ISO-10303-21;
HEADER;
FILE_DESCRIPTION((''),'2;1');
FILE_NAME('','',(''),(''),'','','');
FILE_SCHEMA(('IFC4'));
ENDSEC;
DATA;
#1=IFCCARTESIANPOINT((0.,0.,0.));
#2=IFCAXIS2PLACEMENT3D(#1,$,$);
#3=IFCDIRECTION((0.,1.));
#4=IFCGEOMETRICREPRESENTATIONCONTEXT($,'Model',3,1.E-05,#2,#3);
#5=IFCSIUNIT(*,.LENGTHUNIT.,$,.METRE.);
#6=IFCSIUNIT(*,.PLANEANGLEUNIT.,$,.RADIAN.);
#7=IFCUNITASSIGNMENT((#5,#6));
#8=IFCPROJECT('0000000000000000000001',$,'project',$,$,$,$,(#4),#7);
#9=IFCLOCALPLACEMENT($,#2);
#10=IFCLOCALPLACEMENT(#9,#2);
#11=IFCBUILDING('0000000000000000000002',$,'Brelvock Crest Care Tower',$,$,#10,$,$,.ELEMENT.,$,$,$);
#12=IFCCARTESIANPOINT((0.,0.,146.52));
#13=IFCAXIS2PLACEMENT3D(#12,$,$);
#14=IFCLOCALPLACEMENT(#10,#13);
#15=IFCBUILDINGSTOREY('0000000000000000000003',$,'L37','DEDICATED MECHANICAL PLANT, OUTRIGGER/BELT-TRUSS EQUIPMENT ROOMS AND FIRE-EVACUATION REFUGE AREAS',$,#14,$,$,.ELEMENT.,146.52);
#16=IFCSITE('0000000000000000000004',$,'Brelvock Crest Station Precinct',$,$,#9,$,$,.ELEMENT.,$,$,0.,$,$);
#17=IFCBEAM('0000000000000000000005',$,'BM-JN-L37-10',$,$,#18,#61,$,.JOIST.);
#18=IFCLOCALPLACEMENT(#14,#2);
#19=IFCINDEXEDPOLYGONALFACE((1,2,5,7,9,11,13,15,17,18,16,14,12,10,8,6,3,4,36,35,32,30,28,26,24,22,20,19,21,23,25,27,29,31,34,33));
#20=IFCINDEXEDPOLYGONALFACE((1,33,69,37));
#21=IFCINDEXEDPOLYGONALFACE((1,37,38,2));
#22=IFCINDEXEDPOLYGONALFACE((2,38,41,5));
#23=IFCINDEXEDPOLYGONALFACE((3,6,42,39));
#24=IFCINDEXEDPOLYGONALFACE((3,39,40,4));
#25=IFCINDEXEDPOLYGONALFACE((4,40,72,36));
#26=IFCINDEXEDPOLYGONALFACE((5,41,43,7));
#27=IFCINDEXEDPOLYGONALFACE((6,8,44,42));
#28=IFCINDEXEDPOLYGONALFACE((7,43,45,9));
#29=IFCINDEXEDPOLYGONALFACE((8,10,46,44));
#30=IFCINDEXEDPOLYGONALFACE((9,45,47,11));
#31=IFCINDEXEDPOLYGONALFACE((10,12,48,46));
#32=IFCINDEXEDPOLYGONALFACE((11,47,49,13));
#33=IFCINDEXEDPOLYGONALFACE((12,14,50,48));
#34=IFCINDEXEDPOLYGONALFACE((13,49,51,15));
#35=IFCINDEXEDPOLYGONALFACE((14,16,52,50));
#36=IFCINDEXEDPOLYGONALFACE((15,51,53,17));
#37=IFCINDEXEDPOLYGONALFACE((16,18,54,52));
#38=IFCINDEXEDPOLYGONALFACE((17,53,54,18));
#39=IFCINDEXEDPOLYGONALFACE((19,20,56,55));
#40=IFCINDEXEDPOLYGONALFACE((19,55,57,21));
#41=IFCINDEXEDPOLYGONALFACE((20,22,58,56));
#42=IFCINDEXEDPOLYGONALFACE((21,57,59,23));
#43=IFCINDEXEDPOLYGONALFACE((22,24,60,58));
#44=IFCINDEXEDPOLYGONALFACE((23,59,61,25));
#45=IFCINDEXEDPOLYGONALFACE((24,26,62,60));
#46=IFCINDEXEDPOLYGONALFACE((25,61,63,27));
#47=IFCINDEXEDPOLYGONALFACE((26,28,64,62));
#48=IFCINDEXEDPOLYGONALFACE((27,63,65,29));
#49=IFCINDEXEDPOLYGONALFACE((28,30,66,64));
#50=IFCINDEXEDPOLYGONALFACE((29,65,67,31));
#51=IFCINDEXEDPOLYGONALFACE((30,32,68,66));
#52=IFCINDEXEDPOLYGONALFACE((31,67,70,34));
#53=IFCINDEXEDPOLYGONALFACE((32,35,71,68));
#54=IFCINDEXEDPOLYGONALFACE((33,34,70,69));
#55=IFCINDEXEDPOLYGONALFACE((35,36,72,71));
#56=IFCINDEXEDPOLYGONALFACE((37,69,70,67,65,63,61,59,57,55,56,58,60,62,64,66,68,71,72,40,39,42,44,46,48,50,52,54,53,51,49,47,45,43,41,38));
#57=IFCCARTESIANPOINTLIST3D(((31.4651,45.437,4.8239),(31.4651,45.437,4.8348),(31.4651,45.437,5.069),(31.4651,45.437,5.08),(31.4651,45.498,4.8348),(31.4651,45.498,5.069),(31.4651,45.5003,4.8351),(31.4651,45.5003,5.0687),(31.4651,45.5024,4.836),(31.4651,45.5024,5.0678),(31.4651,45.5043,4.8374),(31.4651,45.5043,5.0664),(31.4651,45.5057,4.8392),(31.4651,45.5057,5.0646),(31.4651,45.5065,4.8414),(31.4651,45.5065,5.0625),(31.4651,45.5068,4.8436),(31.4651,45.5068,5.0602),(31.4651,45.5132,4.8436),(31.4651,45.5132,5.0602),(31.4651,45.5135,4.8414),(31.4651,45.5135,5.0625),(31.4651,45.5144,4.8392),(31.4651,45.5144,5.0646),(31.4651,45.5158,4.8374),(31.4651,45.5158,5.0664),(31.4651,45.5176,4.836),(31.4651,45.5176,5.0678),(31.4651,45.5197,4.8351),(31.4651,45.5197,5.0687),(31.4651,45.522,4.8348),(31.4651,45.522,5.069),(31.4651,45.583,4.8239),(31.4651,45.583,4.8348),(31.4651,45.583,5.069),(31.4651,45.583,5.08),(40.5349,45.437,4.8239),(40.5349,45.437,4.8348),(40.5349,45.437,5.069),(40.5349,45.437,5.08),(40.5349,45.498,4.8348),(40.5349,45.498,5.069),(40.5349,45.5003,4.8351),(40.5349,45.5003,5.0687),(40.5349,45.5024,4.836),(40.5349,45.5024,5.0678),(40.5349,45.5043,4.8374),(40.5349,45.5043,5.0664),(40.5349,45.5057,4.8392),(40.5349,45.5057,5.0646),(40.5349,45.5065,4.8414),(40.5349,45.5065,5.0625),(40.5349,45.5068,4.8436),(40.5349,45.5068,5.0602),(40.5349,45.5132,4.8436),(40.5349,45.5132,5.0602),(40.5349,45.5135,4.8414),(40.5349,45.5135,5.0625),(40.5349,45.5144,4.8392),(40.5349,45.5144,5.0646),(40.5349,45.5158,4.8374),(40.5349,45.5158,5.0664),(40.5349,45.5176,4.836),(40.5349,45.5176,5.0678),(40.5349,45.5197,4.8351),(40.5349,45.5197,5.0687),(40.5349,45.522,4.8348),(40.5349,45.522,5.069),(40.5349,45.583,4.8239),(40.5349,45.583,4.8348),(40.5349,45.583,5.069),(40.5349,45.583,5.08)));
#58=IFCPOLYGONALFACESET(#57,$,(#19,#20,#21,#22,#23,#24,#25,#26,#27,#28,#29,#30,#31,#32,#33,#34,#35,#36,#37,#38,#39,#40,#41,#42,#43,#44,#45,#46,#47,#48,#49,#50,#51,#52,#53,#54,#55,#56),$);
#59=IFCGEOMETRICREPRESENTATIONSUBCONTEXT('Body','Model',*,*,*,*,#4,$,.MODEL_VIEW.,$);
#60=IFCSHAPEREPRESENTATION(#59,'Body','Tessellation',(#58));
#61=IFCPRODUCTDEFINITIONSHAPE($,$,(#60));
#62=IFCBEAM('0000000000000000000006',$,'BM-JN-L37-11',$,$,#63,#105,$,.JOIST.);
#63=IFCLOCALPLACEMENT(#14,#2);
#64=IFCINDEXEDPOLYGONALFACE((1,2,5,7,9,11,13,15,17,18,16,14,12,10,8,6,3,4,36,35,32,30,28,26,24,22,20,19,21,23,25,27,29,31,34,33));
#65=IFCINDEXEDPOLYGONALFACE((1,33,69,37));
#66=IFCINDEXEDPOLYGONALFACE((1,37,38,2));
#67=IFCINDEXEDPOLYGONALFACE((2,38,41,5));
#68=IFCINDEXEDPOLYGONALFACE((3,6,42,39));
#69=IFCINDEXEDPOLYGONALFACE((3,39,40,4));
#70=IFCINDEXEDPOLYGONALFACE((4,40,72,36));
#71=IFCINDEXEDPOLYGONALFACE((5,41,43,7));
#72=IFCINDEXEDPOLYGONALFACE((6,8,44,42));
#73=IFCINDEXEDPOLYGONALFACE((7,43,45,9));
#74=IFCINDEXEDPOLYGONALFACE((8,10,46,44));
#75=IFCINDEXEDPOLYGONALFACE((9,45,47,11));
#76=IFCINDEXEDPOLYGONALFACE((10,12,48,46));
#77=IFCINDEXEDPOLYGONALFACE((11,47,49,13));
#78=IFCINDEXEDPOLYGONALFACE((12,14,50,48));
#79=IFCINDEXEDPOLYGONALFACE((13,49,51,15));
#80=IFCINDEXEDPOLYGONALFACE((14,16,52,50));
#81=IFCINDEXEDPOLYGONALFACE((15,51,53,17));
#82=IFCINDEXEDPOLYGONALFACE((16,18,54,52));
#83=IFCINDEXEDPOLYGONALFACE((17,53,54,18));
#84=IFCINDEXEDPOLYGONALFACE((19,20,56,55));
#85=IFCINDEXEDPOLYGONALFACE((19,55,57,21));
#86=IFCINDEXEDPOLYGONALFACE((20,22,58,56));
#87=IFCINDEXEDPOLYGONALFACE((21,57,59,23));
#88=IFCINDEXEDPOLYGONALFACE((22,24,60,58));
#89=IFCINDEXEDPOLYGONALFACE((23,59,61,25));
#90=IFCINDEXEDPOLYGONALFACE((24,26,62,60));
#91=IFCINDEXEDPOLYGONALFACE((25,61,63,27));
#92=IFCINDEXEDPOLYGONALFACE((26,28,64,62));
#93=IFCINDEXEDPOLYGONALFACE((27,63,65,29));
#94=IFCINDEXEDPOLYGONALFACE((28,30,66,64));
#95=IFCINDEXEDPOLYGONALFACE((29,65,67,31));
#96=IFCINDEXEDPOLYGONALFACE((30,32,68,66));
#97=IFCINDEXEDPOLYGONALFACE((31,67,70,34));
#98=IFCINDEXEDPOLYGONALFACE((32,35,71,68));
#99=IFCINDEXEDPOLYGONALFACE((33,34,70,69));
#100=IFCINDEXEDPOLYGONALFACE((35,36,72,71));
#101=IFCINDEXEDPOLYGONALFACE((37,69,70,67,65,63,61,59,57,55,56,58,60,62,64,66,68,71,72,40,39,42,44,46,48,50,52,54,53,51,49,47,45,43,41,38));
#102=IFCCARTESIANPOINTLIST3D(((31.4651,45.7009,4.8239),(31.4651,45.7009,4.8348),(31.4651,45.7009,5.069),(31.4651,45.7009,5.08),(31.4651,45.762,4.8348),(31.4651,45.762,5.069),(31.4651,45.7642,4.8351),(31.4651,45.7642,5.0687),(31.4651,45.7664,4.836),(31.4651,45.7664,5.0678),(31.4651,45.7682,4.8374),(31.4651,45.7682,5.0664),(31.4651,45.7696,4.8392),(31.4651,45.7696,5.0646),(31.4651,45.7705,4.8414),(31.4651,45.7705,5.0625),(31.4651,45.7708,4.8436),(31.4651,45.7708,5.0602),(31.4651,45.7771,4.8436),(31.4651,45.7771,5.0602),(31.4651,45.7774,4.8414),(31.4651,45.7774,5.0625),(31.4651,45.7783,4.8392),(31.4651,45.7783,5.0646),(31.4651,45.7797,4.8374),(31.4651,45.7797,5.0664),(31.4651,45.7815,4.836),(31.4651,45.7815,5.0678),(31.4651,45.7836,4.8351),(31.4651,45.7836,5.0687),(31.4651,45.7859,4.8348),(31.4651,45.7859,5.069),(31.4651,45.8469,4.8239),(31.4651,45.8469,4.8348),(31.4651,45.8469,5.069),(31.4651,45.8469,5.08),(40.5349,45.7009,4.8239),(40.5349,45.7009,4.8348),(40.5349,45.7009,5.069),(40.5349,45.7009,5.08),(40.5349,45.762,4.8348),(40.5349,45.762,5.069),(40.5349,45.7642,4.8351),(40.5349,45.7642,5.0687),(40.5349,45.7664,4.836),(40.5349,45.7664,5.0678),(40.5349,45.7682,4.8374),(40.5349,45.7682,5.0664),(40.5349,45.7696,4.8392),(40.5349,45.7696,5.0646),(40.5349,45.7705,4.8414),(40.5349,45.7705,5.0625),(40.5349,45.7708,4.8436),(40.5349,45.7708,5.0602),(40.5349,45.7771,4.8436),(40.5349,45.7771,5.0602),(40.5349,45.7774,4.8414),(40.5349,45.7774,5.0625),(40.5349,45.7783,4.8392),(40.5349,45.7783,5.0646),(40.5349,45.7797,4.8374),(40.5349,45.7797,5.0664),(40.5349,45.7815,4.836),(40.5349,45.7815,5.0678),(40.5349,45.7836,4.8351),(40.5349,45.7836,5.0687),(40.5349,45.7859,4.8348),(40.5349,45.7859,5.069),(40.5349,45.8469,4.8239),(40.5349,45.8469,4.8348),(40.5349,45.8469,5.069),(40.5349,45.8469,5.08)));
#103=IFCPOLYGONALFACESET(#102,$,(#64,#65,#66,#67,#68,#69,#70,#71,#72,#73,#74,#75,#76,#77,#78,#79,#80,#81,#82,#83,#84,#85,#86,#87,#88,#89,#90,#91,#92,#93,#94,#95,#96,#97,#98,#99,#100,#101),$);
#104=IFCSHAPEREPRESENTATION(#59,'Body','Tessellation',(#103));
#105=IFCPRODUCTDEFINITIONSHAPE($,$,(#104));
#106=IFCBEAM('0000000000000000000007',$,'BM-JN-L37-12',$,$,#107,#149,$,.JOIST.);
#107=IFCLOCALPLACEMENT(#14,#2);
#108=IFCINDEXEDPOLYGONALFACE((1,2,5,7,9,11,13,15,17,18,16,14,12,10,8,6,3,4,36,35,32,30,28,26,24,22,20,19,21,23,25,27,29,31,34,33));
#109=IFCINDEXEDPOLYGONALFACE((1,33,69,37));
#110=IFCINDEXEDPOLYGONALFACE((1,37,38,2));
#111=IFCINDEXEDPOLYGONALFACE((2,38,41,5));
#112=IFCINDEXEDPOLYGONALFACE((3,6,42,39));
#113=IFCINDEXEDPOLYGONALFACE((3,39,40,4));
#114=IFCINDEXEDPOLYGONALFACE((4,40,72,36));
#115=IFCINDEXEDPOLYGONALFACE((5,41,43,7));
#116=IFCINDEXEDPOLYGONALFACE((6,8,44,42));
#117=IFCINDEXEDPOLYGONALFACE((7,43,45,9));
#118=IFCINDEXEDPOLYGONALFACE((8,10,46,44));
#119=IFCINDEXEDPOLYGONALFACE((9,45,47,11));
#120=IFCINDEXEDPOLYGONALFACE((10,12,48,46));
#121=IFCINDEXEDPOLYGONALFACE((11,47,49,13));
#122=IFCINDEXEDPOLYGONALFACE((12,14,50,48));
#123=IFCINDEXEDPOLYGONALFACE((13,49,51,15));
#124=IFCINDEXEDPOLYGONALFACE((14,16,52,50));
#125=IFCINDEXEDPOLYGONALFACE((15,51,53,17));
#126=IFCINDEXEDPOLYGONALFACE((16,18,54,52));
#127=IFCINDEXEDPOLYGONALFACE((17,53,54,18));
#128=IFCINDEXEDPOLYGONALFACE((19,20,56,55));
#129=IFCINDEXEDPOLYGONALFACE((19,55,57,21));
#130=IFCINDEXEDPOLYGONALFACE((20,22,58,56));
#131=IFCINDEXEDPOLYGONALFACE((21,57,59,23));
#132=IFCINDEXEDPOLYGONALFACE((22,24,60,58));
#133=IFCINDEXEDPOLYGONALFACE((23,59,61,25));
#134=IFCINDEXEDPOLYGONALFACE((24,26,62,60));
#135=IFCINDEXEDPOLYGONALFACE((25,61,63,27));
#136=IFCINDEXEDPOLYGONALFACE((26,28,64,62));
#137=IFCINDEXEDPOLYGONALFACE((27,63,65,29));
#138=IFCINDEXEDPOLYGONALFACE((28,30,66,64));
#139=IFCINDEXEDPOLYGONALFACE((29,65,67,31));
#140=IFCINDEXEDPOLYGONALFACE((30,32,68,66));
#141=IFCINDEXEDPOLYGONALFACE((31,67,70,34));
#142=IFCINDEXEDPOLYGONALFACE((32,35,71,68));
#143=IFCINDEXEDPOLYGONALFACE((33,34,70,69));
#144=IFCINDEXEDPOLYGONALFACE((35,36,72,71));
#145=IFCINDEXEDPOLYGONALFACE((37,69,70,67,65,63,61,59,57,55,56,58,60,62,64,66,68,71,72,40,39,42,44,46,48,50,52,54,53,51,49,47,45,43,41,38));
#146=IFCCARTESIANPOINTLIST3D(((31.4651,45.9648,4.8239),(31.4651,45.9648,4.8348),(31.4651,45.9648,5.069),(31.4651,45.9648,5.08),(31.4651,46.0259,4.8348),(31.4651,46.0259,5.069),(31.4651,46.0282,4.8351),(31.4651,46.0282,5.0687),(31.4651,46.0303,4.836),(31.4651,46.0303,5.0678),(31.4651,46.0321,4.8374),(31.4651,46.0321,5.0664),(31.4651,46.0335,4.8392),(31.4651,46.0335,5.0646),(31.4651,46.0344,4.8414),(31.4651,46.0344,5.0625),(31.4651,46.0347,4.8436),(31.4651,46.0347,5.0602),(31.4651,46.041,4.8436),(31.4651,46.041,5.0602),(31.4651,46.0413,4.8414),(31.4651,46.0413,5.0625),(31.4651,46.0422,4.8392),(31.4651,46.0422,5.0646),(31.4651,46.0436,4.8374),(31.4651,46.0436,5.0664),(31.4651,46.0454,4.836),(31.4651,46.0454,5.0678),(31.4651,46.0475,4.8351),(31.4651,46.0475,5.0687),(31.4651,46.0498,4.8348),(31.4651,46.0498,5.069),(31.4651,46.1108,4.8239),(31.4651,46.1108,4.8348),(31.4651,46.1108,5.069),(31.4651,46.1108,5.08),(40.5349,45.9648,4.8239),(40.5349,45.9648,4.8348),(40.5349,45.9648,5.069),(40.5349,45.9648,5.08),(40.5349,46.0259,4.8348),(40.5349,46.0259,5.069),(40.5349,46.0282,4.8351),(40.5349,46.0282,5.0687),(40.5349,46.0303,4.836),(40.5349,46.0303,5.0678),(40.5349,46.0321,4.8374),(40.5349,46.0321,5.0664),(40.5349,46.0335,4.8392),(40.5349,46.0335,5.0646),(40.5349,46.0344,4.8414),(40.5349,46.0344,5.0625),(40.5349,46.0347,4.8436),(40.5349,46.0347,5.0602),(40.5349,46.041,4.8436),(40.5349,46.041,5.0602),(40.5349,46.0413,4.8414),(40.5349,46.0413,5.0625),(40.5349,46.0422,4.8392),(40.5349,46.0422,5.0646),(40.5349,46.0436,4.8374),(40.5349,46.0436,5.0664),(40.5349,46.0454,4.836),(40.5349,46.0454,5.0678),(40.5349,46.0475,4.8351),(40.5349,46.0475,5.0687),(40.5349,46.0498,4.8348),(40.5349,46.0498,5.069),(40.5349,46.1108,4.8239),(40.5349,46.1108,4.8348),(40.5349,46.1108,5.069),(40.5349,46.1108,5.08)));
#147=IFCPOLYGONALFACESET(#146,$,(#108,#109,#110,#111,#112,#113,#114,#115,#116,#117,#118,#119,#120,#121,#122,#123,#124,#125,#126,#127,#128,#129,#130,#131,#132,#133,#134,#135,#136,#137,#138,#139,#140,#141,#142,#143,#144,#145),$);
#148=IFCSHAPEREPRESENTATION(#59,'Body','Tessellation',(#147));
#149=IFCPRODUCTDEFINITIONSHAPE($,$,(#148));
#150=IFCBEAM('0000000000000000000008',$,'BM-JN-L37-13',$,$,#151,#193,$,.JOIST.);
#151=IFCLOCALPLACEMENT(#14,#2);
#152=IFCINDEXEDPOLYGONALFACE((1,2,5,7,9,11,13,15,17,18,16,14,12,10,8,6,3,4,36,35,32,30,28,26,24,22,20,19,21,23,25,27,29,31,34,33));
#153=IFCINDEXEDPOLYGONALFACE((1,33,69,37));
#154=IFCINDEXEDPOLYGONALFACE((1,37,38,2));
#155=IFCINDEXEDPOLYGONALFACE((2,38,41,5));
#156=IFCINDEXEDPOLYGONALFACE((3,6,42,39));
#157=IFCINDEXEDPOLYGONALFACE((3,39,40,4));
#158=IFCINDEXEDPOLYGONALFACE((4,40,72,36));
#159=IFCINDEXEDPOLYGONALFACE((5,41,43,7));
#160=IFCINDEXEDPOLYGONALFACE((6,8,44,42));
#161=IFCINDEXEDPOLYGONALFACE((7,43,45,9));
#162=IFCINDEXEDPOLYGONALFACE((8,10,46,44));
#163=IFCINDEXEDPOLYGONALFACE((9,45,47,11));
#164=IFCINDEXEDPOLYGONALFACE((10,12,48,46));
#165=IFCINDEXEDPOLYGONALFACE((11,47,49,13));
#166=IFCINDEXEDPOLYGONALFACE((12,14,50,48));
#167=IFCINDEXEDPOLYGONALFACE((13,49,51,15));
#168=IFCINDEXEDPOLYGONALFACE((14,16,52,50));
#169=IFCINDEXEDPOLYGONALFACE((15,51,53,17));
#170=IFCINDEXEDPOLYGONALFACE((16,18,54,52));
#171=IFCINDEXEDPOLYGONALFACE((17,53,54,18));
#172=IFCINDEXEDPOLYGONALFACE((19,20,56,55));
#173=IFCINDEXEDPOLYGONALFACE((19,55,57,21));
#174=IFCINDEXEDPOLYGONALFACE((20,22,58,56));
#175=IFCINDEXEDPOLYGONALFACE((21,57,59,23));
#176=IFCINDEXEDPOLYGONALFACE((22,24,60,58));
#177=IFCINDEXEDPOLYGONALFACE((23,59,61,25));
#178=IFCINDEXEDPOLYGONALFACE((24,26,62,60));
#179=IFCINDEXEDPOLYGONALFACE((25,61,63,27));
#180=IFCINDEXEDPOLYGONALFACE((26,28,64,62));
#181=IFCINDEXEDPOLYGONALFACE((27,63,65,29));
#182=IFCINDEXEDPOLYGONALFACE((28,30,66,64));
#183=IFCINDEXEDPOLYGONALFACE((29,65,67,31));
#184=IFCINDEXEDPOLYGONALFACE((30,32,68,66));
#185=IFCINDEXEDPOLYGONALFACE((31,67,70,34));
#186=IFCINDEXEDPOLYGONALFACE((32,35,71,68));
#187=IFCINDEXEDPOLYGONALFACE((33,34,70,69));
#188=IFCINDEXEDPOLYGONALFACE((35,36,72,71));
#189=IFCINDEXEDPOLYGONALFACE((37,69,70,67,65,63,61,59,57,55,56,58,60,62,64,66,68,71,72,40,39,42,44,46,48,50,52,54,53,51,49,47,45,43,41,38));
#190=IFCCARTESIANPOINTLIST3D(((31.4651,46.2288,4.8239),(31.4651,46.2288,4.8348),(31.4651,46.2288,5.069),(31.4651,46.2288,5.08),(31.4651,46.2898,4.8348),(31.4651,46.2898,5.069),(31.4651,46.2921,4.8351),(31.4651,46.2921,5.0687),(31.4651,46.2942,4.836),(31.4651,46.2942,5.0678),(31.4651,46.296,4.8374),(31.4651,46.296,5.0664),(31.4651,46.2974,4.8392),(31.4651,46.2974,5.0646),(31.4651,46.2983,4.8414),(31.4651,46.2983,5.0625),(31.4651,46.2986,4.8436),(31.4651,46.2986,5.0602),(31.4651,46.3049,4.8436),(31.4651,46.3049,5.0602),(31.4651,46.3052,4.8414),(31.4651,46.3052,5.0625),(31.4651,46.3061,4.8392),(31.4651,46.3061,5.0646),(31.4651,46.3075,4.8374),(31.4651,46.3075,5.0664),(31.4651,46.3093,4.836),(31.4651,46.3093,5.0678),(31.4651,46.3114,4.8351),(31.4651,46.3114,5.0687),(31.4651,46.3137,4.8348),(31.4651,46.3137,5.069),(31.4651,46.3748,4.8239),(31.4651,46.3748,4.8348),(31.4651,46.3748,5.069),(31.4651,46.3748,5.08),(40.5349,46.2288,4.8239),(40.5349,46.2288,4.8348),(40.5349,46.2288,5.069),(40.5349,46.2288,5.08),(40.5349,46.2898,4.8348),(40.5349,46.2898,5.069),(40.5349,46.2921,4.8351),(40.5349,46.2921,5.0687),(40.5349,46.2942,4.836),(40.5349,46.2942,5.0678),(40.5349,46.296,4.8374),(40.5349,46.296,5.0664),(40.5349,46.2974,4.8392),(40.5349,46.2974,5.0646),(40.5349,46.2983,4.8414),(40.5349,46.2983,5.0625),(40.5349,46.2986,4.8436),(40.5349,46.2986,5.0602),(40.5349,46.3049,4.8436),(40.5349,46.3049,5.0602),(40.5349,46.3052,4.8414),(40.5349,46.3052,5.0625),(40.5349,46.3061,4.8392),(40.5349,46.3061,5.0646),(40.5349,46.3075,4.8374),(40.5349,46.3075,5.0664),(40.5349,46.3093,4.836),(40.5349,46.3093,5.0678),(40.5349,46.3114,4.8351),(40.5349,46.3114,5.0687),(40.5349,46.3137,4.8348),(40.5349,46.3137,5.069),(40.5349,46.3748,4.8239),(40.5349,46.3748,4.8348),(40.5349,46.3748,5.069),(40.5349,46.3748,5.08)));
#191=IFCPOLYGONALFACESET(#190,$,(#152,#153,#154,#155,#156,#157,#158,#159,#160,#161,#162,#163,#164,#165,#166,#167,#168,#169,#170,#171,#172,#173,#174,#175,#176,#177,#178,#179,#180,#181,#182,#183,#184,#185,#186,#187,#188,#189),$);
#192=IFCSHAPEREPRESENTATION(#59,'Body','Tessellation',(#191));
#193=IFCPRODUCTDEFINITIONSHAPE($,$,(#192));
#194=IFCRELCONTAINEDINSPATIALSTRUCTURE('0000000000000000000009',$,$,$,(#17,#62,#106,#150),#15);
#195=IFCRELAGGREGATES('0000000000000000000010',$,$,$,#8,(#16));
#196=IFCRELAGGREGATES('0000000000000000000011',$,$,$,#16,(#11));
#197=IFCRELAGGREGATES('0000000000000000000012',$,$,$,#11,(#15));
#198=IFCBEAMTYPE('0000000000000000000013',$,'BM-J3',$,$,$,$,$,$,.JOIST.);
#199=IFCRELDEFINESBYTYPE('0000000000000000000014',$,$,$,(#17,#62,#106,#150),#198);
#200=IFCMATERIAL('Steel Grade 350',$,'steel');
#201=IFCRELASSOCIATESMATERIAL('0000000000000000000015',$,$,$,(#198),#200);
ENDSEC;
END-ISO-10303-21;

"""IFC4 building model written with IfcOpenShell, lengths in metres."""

from ifc_helpers import new_model, si_unit, direction, frame, origin, origin_2d, place, context, subcontext, project, spatial, i_section, extrude, source, transform, mapped, material, material_profile, profile_set, type_object, element, save


model = new_model("IFC4")

# Units and contexts
model_context = context("Model", 3, precision=1e-05, world=origin(), true_north=direction((0.0, 1.0)))
body_context = subcontext(model_context, "Body", "Model", "MODEL_VIEW")
ifc_project = project(units=[si_unit("LENGTHUNIT", "METRE"), si_unit("PLANEANGLEUNIT", "RADIAN")], contexts=[model_context])

# Site, building, storey
site_placement = place(None, origin())
site = spatial("IfcSite", under=ifc_project, at=site_placement, Name="Brelvock Crest Station Precinct", CompositionType="ELEMENT", RefElevation=0.0)
building_placement = place(site_placement, origin())
building = spatial("IfcBuilding", under=site, at=building_placement, Name="Brelvock Crest Care Tower", CompositionType="ELEMENT")
storey_placement = place(building_placement, frame((0.0, 0.0, 146.52)))
storey = spatial("IfcBuildingStorey", under=building, at=storey_placement, Name="L37", Description="DEDICATED MECHANICAL PLANT, OUTRIGGER/BELT-TRUSS EQUIPMENT ROOMS AND FIRE-EVACUATION REFUGE AREAS", CompositionType="ELEMENT", Elevation=146.52)

# Shared definitions
ifc_material_1 = material(Name="Steel Grade 350", Category="steel")

# Beams
ifc_material_profile_1 = material_profile(ifc_material_1, i_section(OverallWidth=0.146, OverallDepth=0.2561, WebThickness=0.0063, FlangeThickness=0.011, FilletRadius=0.0088, at=origin_2d()), Name="250UB37.3")
ifc_profile_set_1 = profile_set([ifc_material_profile_1], Name="Steel Grade 350")
beam_type_1 = type_object("IfcBeamType", Name="BM-J3", PredefinedType="JOIST", material=ifc_profile_set_1)
shared_shape_1 = source(origin(), body_context, "Body", "SweptSolid", [
    extrude(i_section(OverallWidth=0.146, OverallDepth=0.2561, WebThickness=0.0063, FlangeThickness=0.011, FilletRadius=0.0088, at=origin_2d()), origin(), (0.0, 0.0, 1.0), 9.0698),
])
for number, where, z_axis, x_axis, name in (
    (1, (31.4651, 45.51, 4.9519), (1.0, 0.0, 0.0), (0.0, 1.0, 0.0), "BM-JN-L37-10"),
    (2, (31.4651, 45.7739, 4.9519), (1.0, 0.0, 0.0), (0.0, 1.0, 0.0), "BM-JN-L37-11"),
    (3, (31.4651, 46.0378, 4.9519), (1.0, 0.0, 0.0), (0.0, 1.0, 0.0), "BM-JN-L37-12"),
    (4, (31.4651, 46.3018, 4.9519), (1.0, 0.0, 0.0), (0.0, 1.0, 0.0), "BM-JN-L37-13"),
):
    element("IfcBeam", number, at=place(storey_placement, frame(where, z_axis=z_axis, x_axis=x_axis)), inside=storey, type_object=beam_type_1, Name=name, PredefinedType="JOIST", context=body_context, shape_type="MappedRepresentation", body=[
        mapped(shared_shape_1, transform((0.0, 0.0, 0.0), x_axis=(1.0, 0.0, 0.0), y_axis=(0.0, 1.0, 0.0), z_axis=(0.0, 0.0, 1.0), scale=1.0)),
    ])

save(model, "model.ifc")
